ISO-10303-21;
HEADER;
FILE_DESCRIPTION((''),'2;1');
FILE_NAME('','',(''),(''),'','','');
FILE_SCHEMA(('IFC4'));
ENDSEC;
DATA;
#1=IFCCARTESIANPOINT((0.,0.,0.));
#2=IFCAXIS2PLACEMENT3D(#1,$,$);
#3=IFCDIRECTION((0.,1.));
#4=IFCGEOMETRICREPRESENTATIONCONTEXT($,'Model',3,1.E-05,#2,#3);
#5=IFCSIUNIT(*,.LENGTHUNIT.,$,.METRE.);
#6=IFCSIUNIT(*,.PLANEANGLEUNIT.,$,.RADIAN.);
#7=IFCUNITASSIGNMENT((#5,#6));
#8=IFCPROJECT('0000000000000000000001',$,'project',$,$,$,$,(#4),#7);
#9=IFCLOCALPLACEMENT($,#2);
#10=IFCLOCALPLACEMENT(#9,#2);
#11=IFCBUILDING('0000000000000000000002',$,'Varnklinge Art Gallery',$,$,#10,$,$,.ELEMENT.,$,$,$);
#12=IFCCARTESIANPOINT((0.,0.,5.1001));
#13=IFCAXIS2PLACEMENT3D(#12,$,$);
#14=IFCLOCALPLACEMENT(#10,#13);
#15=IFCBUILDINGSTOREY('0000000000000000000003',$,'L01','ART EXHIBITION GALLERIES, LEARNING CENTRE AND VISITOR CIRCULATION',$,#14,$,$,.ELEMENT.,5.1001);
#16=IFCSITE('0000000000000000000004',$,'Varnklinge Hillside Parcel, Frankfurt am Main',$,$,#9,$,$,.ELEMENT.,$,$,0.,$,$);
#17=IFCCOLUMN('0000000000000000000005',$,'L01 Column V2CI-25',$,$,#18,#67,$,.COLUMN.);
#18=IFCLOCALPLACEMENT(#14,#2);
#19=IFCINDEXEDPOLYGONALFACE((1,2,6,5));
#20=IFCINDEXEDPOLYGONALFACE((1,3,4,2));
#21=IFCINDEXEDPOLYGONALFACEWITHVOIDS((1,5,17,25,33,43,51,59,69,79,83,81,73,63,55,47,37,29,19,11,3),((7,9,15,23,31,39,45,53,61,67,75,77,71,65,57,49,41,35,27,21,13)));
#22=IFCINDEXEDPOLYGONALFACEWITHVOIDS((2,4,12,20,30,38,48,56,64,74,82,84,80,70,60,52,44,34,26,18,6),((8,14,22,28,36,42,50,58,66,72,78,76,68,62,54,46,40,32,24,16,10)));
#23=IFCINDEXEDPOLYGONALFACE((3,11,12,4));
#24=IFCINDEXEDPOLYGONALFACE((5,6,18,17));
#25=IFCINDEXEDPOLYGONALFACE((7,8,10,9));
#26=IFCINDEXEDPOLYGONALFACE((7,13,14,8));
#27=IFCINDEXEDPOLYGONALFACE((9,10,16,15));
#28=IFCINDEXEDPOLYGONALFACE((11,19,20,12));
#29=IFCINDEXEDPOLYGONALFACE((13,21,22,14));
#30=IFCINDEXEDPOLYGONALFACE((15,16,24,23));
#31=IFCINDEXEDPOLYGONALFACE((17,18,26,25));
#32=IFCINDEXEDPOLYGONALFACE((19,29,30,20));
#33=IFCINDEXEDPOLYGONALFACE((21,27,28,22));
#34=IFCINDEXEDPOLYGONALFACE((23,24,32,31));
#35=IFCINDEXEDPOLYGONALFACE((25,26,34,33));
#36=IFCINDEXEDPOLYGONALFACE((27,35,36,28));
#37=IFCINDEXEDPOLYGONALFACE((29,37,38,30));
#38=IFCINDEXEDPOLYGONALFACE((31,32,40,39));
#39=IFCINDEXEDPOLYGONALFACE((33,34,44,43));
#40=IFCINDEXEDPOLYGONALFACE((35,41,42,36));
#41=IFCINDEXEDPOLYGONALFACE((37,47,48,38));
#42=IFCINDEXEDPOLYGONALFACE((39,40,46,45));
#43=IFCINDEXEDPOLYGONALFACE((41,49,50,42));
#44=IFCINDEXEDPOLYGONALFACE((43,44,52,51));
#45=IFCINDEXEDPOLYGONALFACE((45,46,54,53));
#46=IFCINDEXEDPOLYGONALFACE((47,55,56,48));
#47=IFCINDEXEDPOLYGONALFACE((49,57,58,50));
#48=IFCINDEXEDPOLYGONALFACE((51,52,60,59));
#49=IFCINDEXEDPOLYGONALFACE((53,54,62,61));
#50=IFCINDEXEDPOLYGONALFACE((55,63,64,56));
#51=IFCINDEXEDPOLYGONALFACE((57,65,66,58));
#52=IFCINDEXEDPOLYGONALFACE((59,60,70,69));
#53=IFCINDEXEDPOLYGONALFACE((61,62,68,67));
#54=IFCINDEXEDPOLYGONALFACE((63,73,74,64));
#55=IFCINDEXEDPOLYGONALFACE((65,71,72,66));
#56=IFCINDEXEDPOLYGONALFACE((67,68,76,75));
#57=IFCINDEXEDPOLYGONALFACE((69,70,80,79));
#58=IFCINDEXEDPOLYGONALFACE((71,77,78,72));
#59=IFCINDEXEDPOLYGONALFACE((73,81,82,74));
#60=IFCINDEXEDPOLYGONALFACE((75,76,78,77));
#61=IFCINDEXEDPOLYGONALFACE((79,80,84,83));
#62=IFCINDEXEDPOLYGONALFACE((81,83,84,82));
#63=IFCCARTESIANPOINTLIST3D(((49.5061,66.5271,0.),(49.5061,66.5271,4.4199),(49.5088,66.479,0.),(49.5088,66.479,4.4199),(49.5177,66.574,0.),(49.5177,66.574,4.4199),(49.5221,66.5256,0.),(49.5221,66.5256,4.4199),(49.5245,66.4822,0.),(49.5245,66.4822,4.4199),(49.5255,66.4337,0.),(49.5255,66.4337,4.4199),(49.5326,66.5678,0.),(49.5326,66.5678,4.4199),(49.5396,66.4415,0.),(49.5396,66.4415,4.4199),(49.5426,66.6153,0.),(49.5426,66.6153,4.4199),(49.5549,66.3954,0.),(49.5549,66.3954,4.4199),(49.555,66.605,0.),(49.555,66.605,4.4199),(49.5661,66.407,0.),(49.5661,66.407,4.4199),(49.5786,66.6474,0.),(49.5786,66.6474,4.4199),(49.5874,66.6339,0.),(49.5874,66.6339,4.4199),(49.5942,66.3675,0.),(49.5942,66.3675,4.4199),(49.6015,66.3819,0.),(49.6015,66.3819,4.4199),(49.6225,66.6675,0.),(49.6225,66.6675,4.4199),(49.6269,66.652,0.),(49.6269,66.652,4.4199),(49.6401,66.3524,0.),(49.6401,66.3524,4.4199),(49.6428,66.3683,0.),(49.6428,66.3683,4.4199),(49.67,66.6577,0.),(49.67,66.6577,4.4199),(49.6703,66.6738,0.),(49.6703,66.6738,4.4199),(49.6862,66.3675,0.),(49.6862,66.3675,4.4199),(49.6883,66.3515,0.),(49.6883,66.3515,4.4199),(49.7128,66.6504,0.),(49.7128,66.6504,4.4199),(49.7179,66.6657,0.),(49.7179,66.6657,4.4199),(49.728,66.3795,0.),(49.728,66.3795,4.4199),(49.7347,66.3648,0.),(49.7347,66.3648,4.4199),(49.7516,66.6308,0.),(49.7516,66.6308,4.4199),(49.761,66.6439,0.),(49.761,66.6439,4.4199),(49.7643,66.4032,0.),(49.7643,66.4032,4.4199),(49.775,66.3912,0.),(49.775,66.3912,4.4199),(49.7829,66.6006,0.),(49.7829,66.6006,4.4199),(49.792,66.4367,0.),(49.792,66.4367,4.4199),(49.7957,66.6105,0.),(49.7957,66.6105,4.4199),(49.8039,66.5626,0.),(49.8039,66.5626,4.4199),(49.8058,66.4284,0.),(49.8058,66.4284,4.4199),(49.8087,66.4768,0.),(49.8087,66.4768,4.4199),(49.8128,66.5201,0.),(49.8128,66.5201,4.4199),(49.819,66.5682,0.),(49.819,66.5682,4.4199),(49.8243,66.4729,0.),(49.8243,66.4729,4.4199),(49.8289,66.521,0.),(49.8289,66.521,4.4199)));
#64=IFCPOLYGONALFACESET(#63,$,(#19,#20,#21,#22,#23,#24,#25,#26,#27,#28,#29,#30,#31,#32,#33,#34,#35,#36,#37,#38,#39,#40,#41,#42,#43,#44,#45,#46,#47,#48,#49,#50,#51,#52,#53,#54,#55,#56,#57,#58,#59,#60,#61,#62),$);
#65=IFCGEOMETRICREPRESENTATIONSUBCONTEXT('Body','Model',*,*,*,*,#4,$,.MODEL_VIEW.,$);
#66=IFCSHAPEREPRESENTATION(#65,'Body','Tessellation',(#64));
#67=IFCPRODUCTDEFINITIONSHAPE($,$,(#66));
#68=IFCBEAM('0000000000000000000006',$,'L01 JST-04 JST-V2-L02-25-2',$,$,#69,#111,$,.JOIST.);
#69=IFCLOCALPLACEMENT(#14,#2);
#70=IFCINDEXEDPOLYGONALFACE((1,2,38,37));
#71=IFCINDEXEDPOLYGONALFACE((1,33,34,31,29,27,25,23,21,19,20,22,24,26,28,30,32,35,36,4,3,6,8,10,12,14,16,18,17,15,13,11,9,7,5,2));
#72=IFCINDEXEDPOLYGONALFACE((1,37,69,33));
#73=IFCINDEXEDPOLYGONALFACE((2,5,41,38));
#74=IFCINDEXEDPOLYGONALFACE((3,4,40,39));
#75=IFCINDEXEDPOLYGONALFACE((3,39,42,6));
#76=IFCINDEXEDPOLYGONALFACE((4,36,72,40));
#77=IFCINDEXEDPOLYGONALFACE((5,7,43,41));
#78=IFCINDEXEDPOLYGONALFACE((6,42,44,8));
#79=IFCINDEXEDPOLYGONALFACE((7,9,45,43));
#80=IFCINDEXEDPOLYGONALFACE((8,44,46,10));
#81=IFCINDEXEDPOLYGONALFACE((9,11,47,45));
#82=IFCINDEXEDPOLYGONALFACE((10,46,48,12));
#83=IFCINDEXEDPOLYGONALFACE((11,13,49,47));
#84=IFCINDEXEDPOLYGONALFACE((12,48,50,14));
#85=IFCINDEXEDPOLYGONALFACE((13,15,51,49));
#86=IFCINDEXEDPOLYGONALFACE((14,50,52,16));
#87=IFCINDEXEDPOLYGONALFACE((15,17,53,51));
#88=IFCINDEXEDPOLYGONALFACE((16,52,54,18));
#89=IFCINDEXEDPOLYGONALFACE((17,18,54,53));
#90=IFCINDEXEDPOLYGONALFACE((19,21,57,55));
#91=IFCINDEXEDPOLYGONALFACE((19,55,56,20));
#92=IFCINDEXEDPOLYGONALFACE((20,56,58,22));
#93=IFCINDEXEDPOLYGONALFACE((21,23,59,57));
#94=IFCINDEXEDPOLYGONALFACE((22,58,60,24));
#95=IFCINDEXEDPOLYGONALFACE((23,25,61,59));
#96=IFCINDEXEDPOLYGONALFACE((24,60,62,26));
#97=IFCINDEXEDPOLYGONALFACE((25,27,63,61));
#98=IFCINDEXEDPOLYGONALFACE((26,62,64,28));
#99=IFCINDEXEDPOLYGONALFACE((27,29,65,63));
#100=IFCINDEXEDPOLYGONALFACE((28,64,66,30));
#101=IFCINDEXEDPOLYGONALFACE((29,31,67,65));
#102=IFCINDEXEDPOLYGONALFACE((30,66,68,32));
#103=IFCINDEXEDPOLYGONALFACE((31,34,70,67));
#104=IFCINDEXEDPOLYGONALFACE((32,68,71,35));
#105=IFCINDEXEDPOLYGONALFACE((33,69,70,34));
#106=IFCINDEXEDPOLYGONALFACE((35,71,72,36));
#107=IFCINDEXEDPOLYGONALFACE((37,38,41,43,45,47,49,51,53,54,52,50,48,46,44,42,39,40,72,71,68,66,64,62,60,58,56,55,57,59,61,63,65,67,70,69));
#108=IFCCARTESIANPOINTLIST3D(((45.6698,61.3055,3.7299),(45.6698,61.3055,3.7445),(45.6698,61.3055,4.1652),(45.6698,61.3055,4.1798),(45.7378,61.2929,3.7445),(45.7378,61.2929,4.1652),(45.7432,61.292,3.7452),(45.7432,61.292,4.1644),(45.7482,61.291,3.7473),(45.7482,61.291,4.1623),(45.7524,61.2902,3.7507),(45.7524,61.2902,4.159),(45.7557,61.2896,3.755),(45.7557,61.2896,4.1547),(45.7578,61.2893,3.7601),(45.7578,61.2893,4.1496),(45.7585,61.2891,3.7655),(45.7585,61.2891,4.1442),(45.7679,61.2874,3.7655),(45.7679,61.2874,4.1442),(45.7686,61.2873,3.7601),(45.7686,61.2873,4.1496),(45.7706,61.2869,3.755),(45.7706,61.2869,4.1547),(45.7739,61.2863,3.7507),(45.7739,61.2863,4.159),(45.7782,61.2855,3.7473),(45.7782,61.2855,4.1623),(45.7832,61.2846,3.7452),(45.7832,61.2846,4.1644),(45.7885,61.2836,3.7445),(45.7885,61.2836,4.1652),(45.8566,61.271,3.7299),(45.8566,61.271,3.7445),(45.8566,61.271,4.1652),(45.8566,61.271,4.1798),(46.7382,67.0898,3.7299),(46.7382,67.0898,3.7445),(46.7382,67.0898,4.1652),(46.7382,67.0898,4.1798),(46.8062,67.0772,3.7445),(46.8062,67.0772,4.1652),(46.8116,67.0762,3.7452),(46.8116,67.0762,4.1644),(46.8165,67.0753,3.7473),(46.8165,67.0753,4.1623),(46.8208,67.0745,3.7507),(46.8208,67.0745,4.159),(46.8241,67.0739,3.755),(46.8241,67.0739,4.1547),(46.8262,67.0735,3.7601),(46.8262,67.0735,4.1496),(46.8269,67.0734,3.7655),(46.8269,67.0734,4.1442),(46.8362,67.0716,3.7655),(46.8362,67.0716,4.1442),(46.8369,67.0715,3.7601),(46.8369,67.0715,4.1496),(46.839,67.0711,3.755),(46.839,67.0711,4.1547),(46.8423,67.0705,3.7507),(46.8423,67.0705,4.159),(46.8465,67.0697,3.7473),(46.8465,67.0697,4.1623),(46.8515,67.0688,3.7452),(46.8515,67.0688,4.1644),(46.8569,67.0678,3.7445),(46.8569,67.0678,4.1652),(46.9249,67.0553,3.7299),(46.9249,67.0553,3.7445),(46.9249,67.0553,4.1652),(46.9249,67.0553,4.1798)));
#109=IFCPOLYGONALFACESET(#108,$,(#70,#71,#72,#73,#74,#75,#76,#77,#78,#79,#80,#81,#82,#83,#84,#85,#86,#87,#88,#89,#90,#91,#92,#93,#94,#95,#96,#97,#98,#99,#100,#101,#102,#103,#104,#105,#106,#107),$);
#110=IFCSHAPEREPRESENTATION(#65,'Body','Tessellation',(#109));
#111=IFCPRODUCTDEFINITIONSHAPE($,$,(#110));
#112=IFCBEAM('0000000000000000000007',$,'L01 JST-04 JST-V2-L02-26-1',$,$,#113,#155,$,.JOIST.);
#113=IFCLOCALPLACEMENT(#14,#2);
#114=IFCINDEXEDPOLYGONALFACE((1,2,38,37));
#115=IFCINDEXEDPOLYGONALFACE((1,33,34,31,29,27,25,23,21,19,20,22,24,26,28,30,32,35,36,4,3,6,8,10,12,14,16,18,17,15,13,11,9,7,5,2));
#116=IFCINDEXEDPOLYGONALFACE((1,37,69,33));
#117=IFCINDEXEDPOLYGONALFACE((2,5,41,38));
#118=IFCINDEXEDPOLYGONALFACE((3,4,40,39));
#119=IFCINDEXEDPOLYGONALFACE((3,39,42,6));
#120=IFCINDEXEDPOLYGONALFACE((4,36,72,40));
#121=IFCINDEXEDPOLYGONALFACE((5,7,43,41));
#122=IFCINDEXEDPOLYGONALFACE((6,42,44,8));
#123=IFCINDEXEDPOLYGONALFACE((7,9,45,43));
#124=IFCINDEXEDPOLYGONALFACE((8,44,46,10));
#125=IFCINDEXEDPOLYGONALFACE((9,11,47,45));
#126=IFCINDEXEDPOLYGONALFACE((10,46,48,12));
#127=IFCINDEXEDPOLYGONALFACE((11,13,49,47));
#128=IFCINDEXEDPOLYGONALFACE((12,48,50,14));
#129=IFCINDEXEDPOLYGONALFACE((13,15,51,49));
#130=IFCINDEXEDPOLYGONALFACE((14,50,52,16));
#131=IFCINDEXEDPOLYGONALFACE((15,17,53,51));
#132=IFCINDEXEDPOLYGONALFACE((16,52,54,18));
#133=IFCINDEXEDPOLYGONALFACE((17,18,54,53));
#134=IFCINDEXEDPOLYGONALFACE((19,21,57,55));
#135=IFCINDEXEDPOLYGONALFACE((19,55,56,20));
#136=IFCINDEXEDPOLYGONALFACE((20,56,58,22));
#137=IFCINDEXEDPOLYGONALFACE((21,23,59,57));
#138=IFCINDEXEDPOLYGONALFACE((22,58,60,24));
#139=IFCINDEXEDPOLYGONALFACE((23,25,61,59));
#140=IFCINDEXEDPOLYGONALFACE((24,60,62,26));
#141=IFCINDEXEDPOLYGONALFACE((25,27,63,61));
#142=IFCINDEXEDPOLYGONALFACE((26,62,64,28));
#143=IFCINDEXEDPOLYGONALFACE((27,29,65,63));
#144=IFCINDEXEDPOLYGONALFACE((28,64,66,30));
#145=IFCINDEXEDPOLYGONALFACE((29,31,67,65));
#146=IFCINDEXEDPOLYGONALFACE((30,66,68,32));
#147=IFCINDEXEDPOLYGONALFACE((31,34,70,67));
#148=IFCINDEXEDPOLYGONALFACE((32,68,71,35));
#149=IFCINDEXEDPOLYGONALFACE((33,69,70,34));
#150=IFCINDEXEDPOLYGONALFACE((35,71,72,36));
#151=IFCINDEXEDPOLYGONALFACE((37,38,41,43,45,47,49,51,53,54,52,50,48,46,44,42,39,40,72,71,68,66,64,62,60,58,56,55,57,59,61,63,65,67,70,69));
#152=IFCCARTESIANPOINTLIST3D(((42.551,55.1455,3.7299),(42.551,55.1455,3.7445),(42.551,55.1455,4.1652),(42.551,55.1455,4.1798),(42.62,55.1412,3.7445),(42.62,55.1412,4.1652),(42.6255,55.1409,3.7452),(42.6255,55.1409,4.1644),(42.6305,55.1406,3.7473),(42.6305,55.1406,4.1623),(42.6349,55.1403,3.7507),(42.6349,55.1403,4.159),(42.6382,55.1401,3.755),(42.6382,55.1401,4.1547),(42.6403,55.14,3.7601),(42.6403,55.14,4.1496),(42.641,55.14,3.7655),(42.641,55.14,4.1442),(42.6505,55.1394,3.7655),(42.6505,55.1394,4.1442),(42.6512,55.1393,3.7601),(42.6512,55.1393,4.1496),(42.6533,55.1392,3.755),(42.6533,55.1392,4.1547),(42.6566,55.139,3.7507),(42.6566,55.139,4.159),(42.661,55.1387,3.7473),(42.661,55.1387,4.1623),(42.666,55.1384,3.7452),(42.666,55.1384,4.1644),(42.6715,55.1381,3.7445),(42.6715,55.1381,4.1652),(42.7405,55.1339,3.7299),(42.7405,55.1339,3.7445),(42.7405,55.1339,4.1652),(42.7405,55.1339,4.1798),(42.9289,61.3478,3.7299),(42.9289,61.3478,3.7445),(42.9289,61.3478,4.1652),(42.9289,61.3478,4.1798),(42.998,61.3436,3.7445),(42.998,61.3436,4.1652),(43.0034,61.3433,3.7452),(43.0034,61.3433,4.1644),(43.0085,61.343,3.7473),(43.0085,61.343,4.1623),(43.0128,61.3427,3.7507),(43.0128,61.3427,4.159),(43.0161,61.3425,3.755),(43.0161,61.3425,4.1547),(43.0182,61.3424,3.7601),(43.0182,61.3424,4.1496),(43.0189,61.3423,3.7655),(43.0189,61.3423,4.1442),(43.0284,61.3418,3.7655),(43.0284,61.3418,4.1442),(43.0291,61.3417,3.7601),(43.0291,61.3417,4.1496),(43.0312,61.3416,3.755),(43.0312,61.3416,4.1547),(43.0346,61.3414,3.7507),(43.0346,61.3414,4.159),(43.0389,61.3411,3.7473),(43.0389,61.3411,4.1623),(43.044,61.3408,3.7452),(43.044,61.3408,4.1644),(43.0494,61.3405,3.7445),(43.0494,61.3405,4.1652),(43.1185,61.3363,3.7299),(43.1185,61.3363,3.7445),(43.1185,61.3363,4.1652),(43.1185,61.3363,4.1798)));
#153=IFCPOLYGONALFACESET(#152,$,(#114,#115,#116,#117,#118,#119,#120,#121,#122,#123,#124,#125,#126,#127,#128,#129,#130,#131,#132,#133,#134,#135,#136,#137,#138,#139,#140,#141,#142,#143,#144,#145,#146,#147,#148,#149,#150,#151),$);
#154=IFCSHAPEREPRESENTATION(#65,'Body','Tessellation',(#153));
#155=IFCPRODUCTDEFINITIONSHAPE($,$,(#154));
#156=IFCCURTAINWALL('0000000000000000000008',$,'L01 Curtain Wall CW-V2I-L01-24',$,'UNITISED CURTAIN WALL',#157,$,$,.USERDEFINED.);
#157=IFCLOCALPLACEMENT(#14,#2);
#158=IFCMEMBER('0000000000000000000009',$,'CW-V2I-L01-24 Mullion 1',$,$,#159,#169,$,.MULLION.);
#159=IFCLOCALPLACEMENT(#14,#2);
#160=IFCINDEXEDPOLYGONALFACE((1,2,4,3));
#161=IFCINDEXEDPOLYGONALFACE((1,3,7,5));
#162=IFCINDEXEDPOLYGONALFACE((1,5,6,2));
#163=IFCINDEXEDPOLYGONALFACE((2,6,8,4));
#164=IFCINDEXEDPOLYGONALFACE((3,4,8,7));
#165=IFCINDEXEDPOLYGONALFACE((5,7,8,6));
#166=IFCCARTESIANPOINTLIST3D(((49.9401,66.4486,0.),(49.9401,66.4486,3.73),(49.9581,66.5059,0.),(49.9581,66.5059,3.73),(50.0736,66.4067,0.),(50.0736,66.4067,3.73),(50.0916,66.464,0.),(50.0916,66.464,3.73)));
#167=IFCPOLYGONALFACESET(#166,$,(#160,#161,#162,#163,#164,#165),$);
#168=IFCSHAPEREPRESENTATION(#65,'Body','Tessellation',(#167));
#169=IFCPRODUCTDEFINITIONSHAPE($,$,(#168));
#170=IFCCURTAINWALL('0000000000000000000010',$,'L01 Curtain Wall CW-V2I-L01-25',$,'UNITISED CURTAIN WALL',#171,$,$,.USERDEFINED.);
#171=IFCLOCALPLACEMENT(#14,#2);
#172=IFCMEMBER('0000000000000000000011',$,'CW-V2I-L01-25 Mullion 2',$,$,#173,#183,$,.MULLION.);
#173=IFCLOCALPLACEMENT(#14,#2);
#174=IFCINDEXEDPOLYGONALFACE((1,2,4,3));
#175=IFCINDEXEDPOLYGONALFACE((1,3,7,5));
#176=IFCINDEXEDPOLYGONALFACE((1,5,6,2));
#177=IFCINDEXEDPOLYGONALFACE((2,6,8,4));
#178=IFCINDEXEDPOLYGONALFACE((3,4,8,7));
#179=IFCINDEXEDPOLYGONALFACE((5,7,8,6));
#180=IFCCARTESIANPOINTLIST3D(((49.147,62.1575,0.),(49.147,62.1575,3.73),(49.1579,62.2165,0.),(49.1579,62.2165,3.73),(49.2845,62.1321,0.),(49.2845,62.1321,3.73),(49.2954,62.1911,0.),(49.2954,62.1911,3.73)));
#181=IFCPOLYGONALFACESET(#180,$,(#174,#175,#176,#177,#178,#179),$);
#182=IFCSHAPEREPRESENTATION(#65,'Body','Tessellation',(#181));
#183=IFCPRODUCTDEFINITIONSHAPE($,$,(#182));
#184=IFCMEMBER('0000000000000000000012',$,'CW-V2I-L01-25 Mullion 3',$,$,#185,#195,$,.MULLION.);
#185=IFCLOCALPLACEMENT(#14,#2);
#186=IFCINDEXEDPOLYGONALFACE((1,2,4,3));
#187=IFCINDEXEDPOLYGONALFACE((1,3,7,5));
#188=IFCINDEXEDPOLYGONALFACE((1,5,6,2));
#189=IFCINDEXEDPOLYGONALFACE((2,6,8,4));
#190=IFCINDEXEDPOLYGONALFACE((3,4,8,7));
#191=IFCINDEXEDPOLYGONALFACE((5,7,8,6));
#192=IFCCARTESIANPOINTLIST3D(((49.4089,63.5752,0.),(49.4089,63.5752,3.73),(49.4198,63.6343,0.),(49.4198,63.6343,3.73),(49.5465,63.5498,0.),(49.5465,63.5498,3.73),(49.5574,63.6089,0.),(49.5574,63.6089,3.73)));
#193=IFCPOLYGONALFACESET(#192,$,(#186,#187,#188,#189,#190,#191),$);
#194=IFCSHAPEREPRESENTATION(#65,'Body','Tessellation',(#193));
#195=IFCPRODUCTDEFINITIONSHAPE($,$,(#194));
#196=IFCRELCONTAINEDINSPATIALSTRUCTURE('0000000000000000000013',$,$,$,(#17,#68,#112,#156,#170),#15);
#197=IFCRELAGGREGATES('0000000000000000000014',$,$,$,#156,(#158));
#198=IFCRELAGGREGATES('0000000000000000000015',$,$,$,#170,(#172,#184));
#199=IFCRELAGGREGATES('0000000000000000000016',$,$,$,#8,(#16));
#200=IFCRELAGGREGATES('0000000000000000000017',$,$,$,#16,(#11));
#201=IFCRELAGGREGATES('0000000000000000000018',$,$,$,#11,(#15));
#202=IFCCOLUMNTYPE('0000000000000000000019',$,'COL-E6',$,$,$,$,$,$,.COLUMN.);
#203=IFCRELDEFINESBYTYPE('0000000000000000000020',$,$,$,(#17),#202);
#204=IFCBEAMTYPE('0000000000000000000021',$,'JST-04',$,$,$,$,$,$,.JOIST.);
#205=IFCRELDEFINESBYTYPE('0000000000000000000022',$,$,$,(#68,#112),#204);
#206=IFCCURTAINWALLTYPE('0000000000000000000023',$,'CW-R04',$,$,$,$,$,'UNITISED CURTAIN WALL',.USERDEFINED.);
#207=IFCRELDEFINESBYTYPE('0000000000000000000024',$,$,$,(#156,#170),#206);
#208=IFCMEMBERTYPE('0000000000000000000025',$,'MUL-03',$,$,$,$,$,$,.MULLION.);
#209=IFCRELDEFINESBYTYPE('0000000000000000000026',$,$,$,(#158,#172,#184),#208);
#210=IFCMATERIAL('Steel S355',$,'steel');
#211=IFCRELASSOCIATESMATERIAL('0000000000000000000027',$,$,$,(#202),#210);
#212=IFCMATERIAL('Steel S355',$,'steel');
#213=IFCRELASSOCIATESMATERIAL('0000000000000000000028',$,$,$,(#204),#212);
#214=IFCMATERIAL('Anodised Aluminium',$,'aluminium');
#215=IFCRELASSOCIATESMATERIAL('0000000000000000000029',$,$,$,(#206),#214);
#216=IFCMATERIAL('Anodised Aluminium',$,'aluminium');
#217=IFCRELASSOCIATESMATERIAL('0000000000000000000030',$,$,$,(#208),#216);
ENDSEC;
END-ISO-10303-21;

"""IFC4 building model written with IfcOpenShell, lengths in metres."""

from ifc_helpers import new_model, si_unit, direction, frame, origin, origin_2d, place, context, subcontext, project, spatial, rectangle, hollow_circle, i_section, extrude, material, material_profile, profile_set, type_object, element, aggregate, save


model = new_model("IFC4")

# Units and contexts
model_context = context("Model", 3, precision=1e-05, world=origin(), true_north=direction((0.0, 1.0)))
body_context = subcontext(model_context, "Body", "Model", "MODEL_VIEW")
ifc_project = project(units=[si_unit("LENGTHUNIT", "METRE"), si_unit("PLANEANGLEUNIT", "RADIAN")], contexts=[model_context])

# Site, building, storey
site_placement = place(None, origin())
site = spatial("IfcSite", under=ifc_project, at=site_placement, Name="Varnklinge Hillside Parcel, Frankfurt am Main", CompositionType="ELEMENT", RefElevation=0.0)
building_placement = place(site_placement, origin())
building = spatial("IfcBuilding", under=site, at=building_placement, Name="Varnklinge Art Gallery", CompositionType="ELEMENT")
storey_placement = place(building_placement, frame((0.0, 0.0, 5.1001)))
storey = spatial("IfcBuildingStorey", under=building, at=storey_placement, Name="L01", Description="ART EXHIBITION GALLERIES, LEARNING CENTRE AND VISITOR CIRCULATION", CompositionType="ELEMENT", Elevation=5.1001)

# Column
ifc_material_1 = material(Name="Steel S355", Category="steel")
ifc_material_profile_1 = material_profile(ifc_material_1, hollow_circle(Radius=0.1619, WallThickness=0.0161, at=origin_2d()), Name="CHS 323.9x16")
ifc_profile_set_1 = profile_set([ifc_material_profile_1], Name="Steel S355")
column_type = type_object("IfcColumnType", Name="COL-E6", PredefinedType="COLUMN", material=ifc_profile_set_1)
column_placement = place(storey_placement, frame((49.6672, 66.512, 0.0), z_axis=(0.0, 0.0, 1.0), x_axis=(0.970506, -0.241075, 0.0)))
element("IfcColumn", 1, at=column_placement, inside=storey, type_object=column_type, Name="L01 Column V2CI-25", PredefinedType="COLUMN", context=body_context, shape_type="SweptSolid", body=[
    extrude(hollow_circle(Radius=0.1619, WallThickness=0.0161, at=origin_2d()), origin(), (0.0, 0.0, 1.0), 4.4199),
])

# Beams
ifc_material_2 = material(Name="Steel S355", Category="steel")
ifc_material_profile_2 = material_profile(ifc_material_2, i_section(OverallWidth=0.1899, OverallDepth=0.45, WebThickness=0.0095, FlangeThickness=0.0146, FilletRadius=0.021, at=origin_2d()), Name="IPE 450")
ifc_profile_set_2 = profile_set([ifc_material_profile_2], Name="Steel S355")
beam_type_1 = type_object("IfcBeamType", Name="JST-04", PredefinedType="JOIST", material=ifc_profile_set_2)
beam_1_placement = place(storey_placement, frame((46.8315, 67.0725, 3.9548), z_axis=(-0.181631, -0.983367, 0.0), x_axis=(0.983367, -0.181631, 0.0)))
element("IfcBeam", 2, at=beam_1_placement, inside=storey, type_object=beam_type_1, Name="L01 JST-04 JST-V2-L02-25-2", PredefinedType="JOIST", context=body_context, shape_type="SweptSolid", body=[
    extrude(i_section(OverallWidth=0.1899, OverallDepth=0.45, WebThickness=0.0095, FlangeThickness=0.0146, FilletRadius=0.021, at=origin_2d()), origin(), (0.0, 0.0, 1.0), 5.8821),
])
beam_2_placement = place(storey_placement, frame((43.0237, 61.342, 3.9548), z_axis=(-0.06082, -0.998149, 0.0), x_axis=(0.998149, -0.06082, 0.0)))
element("IfcBeam", 3, at=beam_2_placement, inside=storey, type_object=beam_type_1, Name="L01 JST-04 JST-V2-L02-26-1", PredefinedType="JOIST", context=body_context, shape_type="SweptSolid", body=[
    extrude(i_section(OverallWidth=0.1899, OverallDepth=0.45, WebThickness=0.0095, FlangeThickness=0.0146, FilletRadius=0.021, at=origin_2d()), origin(), (0.0, 0.0, 1.0), 6.2139),
])

# Curtain wall, member
ifc_material_3 = material(Name="Anodised Aluminium", Category="aluminium")
curtain_wall_type = type_object("IfcCurtainWallType", Name="CW-R04", ElementType="UNITISED CURTAIN WALL", PredefinedType="USERDEFINED", material=ifc_material_3)
curtain_wall_1_placement = place(storey_placement, origin())
curtain_wall_1 = element("IfcCurtainWall", 4, at=curtain_wall_1_placement, inside=storey, type_object=curtain_wall_type, Name="L01 Curtain Wall CW-V2I-L01-24", ObjectType="UNITISED CURTAIN WALL", PredefinedType="USERDEFINED")
ifc_material_4 = material(Name="Anodised Aluminium", Category="aluminium")
ifc_material_profile_3 = material_profile(ifc_material_4, rectangle(XDim=0.0601, YDim=0.1399, at=origin_2d()), Name="ALU 60x140")
ifc_profile_set_3 = profile_set([ifc_material_profile_3], Name="Anodised Aluminium")
member_type_1 = type_object("IfcMemberType", Name="MUL-03", PredefinedType="MULLION", material=ifc_profile_set_3)
member_1_placement = place(storey_placement, frame((50.0159, 66.4563, 0.0), z_axis=(0.0, 0.0, 1.0), x_axis=(0.299707, 0.954031, 0.0)))
member_1 = element("IfcMember", 5, at=member_1_placement, type_object=member_type_1, Name="CW-V2I-L01-24 Mullion 1", PredefinedType="MULLION", context=body_context, shape_type="SweptSolid", body=[
    extrude(rectangle(XDim=0.0601, YDim=0.1399, at=origin_2d()), origin(), (0.0, 0.0, 1.0), 3.73),
])

# Curtain wall, members
curtain_wall_2_placement = place(storey_placement, origin())
curtain_wall_2 = element("IfcCurtainWall", 6, at=curtain_wall_2_placement, inside=storey, type_object=curtain_wall_type, Name="L01 Curtain Wall CW-V2I-L01-25", ObjectType="UNITISED CURTAIN WALL", PredefinedType="USERDEFINED")
member_2_placement = place(storey_placement, frame((49.2212, 62.1743, 0.0), z_axis=(0.0, 0.0, 1.0), x_axis=(0.181549, 0.983382, 0.0)))
member_2 = element("IfcMember", 7, at=member_2_placement, type_object=member_type_1, Name="CW-V2I-L01-25 Mullion 2", PredefinedType="MULLION", context=body_context, shape_type="SweptSolid", body=[
    extrude(rectangle(XDim=0.0601, YDim=0.1399, at=origin_2d()), origin(), (0.0, 0.0, 1.0), 3.73),
])
member_3_placement = place(storey_placement, frame((49.4832, 63.592, 0.0), z_axis=(0.0, 0.0, 1.0), x_axis=(0.181549, 0.983382, 0.0)))
member_3 = element("IfcMember", 8, at=member_3_placement, type_object=member_type_1, Name="CW-V2I-L01-25 Mullion 3", PredefinedType="MULLION", context=body_context, shape_type="SweptSolid", body=[
    extrude(rectangle(XDim=0.0601, YDim=0.1399, at=origin_2d()), origin(), (0.0, 0.0, 1.0), 3.73),
])

aggregate(curtain_wall_1, [member_1])

aggregate(curtain_wall_2, [member_2, member_3])

save(model, "model.ifc")
